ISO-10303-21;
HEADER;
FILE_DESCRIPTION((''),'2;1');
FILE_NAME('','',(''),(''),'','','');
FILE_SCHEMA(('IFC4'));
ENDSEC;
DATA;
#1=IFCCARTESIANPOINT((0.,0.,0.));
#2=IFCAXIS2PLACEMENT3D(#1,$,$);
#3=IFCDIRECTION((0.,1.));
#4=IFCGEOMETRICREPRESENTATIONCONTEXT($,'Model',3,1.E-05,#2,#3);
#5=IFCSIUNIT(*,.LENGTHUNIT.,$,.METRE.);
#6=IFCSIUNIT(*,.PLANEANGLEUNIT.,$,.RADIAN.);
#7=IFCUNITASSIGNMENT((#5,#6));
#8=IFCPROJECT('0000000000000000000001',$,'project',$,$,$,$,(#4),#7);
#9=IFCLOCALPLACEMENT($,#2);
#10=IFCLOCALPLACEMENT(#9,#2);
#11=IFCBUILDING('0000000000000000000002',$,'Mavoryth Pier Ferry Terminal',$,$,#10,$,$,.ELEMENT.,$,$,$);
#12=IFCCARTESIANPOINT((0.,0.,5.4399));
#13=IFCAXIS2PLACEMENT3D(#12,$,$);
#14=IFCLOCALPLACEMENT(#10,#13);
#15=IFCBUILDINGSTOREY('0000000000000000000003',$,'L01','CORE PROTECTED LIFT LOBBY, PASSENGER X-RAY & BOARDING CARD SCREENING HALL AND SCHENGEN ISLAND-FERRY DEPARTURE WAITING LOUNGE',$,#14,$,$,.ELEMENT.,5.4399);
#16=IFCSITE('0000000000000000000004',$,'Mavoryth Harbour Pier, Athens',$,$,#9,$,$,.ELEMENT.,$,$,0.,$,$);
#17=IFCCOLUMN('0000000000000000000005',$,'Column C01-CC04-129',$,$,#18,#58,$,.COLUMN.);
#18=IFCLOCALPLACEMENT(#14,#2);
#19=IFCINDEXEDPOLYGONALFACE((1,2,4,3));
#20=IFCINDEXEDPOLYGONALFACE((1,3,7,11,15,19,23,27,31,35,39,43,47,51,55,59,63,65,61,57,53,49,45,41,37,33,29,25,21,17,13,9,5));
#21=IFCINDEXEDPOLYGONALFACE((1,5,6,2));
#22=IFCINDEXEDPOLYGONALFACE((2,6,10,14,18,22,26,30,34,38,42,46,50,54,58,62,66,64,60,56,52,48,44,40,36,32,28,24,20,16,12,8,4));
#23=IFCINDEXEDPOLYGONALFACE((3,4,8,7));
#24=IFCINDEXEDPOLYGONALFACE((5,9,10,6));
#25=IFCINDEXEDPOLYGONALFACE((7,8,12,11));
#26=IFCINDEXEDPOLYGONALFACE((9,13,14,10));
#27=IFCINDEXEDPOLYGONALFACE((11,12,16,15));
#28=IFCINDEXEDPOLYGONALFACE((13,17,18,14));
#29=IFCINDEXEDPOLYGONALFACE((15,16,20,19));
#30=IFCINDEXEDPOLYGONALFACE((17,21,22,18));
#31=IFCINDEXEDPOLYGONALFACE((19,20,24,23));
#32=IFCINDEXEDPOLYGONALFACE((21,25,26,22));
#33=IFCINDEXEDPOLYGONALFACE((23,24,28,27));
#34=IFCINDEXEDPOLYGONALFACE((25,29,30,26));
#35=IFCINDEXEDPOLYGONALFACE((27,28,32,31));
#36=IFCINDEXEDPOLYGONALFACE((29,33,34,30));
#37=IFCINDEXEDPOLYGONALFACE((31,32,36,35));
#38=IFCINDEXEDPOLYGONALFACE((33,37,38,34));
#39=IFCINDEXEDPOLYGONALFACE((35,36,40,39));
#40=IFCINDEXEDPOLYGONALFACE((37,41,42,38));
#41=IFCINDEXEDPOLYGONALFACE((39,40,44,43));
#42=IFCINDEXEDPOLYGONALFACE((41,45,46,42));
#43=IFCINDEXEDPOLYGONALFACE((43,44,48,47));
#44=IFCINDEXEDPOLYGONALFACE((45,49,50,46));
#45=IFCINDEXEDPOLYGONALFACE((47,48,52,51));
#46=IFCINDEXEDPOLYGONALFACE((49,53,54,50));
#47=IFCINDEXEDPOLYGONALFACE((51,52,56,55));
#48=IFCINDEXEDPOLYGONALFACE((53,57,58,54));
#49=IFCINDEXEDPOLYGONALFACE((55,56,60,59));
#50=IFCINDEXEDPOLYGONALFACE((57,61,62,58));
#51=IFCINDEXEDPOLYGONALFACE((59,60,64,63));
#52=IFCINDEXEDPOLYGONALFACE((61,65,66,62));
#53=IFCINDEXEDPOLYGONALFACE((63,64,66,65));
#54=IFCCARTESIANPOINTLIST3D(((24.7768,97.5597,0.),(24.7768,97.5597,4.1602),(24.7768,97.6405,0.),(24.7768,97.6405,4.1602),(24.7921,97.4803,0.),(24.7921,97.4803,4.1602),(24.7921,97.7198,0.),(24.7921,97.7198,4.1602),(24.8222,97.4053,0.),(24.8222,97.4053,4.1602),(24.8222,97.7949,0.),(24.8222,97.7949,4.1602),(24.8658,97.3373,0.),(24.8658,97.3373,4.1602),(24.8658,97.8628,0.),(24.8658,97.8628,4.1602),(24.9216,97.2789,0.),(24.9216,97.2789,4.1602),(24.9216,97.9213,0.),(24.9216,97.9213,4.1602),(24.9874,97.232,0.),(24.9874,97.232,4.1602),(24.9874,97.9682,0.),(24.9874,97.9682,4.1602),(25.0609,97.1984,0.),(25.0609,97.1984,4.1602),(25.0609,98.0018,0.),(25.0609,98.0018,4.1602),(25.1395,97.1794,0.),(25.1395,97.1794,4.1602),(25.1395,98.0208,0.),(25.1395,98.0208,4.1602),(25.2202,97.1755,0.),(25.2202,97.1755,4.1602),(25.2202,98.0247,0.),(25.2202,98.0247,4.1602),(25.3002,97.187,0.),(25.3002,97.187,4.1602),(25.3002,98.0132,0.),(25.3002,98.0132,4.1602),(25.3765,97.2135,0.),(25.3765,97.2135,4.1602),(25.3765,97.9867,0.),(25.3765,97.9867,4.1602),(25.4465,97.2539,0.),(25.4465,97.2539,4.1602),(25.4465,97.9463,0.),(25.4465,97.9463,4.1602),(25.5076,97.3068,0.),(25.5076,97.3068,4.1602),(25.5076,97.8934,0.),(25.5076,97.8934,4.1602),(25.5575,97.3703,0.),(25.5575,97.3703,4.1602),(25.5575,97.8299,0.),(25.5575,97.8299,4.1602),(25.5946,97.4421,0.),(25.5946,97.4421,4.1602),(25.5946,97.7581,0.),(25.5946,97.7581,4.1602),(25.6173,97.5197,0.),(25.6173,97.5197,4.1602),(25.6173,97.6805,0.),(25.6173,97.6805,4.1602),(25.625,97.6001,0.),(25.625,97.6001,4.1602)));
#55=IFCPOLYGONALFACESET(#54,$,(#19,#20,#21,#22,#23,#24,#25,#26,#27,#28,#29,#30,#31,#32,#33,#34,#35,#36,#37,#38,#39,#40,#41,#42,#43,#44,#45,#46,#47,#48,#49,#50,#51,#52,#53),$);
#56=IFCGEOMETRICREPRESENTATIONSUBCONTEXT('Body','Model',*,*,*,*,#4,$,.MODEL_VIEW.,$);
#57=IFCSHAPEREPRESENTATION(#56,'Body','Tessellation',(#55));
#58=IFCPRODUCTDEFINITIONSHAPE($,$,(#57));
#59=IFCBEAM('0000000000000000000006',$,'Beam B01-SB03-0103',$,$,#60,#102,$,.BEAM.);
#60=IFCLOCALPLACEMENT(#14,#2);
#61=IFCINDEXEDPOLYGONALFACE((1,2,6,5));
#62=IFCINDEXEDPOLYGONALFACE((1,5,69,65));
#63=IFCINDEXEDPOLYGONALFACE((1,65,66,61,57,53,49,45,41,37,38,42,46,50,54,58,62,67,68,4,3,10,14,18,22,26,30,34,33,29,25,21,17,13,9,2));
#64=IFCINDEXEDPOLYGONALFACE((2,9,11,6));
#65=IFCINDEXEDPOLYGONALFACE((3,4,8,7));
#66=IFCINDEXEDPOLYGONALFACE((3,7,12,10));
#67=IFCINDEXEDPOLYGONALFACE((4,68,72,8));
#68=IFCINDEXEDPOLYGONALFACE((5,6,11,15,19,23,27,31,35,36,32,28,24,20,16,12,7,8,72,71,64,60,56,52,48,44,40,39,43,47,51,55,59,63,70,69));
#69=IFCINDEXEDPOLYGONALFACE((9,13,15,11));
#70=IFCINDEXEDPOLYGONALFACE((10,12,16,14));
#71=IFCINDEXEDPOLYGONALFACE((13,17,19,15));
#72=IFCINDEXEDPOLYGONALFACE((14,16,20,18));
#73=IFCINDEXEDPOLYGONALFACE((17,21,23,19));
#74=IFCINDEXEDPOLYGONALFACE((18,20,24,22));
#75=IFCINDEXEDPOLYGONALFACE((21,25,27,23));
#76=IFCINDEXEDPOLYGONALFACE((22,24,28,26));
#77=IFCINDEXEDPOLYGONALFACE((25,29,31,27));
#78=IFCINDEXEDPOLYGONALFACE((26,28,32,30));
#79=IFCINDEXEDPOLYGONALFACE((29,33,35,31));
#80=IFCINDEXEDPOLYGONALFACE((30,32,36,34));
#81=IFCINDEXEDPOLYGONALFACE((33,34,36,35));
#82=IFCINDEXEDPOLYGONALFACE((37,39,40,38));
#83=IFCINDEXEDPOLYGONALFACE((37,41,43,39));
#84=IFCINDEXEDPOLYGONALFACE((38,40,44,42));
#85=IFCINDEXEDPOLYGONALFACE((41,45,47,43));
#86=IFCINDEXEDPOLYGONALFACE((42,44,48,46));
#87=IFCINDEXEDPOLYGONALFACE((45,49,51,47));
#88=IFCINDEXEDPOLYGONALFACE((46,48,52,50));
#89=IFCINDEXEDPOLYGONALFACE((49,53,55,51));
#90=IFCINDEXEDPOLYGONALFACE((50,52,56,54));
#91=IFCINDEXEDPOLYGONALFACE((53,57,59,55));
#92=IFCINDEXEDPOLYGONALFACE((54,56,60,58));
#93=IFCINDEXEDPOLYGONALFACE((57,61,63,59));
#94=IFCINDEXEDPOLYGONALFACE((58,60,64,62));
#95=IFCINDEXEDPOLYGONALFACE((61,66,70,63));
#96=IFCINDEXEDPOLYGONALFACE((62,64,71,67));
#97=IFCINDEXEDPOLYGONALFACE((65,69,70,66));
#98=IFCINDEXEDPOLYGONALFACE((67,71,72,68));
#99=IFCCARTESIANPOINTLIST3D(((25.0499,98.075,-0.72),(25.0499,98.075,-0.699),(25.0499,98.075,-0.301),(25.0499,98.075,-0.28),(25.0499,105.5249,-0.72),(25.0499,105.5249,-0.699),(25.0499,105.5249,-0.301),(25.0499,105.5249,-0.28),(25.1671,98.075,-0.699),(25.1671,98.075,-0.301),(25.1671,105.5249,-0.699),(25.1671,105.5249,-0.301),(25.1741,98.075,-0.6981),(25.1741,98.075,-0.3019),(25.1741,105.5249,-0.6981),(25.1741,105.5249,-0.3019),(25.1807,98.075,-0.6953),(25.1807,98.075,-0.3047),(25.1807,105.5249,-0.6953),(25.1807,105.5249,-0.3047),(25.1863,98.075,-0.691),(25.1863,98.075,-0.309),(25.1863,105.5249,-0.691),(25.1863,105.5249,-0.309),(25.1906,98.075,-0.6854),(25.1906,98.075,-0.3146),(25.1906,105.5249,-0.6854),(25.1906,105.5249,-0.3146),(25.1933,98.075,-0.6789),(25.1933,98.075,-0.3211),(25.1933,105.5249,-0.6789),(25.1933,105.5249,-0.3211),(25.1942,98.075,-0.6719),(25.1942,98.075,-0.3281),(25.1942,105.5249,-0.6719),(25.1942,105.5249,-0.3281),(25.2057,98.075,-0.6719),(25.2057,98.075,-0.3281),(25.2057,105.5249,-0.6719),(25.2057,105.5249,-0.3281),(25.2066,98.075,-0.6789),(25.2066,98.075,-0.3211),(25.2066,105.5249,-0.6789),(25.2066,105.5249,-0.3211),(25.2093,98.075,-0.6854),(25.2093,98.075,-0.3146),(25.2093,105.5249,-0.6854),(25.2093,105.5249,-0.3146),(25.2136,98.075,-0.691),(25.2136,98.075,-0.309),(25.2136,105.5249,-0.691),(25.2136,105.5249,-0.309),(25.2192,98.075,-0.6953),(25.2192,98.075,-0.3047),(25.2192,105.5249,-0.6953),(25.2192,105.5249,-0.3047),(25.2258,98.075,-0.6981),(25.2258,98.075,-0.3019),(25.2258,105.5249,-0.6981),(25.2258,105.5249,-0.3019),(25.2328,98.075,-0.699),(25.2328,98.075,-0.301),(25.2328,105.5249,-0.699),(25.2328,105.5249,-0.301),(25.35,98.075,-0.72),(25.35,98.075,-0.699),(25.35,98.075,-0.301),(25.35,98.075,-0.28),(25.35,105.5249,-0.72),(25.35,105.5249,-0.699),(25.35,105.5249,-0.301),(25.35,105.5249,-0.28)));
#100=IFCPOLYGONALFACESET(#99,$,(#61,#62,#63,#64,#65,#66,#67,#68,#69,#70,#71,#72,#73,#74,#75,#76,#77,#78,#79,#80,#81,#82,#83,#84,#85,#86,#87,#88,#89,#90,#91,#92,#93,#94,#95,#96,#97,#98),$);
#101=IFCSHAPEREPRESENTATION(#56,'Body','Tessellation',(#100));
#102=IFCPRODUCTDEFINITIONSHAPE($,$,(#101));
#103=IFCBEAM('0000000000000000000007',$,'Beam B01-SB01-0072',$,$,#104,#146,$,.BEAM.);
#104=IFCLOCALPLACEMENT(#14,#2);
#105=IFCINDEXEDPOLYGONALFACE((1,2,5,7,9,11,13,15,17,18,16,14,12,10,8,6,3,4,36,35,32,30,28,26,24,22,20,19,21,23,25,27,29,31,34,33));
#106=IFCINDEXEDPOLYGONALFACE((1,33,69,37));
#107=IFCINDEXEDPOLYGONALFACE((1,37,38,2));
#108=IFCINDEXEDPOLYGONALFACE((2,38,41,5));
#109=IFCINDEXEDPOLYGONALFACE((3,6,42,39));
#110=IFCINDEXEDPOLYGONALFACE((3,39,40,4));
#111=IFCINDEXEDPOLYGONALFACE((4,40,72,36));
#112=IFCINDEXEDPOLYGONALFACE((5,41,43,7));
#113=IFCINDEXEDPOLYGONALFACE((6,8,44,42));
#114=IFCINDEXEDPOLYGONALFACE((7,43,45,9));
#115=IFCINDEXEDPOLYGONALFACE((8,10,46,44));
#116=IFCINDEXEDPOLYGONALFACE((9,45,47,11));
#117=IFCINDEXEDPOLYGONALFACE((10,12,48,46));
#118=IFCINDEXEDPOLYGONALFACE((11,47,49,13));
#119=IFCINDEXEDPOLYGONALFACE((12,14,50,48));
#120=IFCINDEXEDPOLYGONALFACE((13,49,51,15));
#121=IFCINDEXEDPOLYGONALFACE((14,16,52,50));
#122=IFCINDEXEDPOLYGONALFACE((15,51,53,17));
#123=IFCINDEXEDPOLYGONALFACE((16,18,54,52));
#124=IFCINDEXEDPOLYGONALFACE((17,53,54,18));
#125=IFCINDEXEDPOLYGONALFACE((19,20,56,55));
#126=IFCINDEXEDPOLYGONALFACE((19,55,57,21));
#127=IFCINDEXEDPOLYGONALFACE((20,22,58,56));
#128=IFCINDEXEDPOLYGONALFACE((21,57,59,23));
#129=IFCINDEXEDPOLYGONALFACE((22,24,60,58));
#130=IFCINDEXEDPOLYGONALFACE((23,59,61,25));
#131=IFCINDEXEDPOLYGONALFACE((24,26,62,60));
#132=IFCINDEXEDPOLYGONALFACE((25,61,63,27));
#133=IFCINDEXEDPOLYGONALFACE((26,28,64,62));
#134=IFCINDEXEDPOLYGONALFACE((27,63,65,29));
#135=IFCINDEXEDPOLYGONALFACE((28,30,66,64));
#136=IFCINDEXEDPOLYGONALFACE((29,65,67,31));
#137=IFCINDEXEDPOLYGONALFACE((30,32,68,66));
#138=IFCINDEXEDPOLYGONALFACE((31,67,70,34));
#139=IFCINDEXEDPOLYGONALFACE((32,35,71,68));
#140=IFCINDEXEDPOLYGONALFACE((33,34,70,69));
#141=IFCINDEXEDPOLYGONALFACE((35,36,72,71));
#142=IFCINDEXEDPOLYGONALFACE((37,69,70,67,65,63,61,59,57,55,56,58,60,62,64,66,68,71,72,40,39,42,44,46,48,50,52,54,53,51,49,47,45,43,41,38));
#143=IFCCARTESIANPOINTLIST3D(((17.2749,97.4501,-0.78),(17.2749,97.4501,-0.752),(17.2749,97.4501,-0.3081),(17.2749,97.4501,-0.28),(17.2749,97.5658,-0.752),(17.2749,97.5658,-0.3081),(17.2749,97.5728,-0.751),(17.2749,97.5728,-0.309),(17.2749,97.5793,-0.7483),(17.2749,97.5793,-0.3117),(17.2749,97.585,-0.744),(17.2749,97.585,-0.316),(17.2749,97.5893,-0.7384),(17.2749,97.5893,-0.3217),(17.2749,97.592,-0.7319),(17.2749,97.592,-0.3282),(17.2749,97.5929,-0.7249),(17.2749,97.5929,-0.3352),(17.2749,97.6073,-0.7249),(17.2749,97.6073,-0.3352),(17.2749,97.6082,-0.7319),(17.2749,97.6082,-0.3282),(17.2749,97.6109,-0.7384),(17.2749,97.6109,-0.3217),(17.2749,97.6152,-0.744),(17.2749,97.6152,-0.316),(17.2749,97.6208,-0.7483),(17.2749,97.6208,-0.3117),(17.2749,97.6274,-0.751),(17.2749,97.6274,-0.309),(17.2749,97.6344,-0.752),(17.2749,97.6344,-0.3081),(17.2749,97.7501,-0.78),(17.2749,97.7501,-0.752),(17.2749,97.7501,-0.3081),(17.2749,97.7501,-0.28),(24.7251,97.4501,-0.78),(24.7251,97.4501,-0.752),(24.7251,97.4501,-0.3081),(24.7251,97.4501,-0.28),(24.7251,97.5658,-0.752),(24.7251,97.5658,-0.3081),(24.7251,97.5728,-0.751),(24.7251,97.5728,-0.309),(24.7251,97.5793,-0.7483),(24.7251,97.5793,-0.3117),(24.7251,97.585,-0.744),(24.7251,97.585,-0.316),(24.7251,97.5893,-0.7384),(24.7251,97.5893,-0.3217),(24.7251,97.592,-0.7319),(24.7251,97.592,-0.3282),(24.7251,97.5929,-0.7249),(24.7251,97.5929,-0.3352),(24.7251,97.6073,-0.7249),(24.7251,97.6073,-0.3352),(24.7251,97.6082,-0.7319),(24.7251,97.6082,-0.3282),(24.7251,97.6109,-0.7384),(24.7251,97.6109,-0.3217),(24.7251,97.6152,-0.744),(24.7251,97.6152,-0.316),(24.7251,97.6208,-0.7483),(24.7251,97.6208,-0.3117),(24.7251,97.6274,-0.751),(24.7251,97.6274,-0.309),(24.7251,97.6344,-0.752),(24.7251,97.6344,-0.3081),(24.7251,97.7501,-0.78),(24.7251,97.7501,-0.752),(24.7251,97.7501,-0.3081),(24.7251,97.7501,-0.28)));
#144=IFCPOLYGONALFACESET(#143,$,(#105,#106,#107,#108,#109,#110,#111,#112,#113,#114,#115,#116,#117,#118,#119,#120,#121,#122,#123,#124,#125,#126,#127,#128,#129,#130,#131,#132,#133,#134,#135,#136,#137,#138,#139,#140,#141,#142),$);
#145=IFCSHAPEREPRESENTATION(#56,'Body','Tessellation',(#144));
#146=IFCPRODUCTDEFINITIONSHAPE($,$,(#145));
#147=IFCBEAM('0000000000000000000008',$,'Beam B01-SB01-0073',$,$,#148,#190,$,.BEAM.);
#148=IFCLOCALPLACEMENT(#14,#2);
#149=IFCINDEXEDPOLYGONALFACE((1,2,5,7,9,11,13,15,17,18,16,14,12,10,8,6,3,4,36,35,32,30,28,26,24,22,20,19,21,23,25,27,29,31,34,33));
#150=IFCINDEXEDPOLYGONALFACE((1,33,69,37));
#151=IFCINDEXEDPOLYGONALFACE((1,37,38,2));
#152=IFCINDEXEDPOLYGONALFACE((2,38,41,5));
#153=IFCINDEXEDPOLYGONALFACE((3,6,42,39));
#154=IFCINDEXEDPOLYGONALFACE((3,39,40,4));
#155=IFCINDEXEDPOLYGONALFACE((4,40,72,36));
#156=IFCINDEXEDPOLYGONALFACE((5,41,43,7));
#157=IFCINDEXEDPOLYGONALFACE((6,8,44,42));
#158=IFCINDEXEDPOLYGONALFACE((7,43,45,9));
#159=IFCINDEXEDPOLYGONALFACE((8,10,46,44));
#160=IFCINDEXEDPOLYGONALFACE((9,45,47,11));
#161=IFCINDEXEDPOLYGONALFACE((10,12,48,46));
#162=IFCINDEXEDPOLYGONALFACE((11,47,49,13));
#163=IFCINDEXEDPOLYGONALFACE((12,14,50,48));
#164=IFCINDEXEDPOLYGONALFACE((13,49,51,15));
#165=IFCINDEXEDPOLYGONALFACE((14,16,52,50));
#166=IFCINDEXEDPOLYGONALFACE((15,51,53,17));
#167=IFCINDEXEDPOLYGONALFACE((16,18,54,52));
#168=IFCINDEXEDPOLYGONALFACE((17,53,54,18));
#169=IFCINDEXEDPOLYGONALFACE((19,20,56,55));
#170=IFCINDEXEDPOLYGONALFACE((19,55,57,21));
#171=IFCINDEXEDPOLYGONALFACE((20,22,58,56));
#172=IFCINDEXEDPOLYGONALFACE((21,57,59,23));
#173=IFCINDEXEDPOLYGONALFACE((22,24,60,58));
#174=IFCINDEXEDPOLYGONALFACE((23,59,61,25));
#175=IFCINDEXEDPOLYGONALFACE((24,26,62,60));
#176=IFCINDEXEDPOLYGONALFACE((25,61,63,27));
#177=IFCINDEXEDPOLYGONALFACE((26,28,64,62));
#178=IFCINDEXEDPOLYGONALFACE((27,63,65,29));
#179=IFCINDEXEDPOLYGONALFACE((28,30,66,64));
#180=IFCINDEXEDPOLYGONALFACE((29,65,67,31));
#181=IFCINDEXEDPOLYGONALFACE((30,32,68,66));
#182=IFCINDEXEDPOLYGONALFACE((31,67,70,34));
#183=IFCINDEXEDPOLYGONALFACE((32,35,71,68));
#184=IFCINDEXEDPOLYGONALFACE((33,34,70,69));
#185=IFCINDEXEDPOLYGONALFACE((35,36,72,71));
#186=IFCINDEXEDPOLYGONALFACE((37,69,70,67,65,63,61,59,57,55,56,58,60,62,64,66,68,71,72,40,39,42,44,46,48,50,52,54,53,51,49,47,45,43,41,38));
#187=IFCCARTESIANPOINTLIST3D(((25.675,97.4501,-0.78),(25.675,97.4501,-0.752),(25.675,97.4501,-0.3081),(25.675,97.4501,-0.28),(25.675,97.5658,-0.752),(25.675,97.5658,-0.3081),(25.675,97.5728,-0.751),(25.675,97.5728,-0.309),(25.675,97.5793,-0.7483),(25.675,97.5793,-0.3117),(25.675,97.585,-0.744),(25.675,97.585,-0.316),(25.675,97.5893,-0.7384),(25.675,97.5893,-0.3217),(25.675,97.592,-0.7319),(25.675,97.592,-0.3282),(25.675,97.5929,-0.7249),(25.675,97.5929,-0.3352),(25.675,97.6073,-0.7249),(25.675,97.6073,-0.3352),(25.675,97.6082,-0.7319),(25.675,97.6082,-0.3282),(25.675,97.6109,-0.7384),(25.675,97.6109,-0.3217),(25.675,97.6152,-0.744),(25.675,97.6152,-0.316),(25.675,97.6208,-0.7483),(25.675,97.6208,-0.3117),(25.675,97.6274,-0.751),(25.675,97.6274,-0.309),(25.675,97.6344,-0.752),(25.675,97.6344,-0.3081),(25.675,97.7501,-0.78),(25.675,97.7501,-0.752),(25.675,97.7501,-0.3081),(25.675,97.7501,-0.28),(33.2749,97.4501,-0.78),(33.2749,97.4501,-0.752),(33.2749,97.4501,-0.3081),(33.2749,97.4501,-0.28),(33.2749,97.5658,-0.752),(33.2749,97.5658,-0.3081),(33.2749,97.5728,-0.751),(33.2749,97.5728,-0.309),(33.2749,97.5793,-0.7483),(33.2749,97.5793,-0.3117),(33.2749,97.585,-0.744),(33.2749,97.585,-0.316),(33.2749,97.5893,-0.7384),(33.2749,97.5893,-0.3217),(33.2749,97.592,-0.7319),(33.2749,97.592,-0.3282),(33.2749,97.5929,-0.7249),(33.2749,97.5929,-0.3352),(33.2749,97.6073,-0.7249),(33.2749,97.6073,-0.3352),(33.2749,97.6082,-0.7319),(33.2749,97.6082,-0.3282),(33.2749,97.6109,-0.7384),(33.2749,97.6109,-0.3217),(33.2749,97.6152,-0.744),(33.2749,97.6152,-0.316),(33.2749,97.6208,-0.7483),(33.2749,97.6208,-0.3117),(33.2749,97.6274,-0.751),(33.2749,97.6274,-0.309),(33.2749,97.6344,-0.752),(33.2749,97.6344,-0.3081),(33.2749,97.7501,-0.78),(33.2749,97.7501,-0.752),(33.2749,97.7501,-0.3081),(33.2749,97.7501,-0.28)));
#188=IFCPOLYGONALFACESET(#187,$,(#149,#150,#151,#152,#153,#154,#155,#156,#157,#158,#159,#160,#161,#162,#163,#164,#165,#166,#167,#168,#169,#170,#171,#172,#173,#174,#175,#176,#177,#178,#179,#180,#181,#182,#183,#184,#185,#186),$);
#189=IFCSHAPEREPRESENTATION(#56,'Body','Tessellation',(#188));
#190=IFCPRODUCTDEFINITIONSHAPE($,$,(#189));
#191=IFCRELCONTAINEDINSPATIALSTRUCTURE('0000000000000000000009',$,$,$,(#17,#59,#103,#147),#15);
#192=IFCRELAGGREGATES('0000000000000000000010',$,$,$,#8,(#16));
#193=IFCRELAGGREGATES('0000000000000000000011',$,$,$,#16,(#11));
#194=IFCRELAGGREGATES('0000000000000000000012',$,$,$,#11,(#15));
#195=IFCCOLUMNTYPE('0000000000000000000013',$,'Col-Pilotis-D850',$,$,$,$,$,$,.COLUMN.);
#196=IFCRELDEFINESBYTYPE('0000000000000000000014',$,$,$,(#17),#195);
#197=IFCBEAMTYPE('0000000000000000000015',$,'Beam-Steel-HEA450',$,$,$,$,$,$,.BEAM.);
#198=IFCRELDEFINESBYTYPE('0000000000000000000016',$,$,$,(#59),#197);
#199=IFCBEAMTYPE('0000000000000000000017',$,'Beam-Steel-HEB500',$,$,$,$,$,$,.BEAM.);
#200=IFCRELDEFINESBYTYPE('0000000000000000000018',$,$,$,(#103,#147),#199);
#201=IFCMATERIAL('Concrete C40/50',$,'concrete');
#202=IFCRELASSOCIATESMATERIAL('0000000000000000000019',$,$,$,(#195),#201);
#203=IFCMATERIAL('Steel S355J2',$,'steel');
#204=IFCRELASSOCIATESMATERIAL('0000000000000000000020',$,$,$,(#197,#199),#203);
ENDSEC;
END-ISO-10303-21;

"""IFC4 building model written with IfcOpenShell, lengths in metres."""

from ifc_helpers import new_model, si_unit, direction, frame, origin, origin_2d, place, context, subcontext, project, spatial, circle, i_section, extrude, material, material_profile, profile_set, type_object, element, save


model = new_model("IFC4")

# Units and contexts
model_context = context("Model", 3, precision=1e-05, world=origin(), true_north=direction((0.0, 1.0)))
body_context = subcontext(model_context, "Body", "Model", "MODEL_VIEW")
ifc_project = project(units=[si_unit("LENGTHUNIT", "METRE"), si_unit("PLANEANGLEUNIT", "RADIAN")], contexts=[model_context])

# Site, building, storey
site_placement = place(None, origin())
site = spatial("IfcSite", under=ifc_project, at=site_placement, Name="Mavoryth Harbour Pier, Athens", CompositionType="ELEMENT", RefElevation=0.0)
building_placement = place(site_placement, origin())
building = spatial("IfcBuilding", under=site, at=building_placement, Name="Mavoryth Pier Ferry Terminal", CompositionType="ELEMENT")
storey_placement = place(building_placement, frame((0.0, 0.0, 5.4399)))
storey = spatial("IfcBuildingStorey", under=building, at=storey_placement, Name="L01", Description="CORE PROTECTED LIFT LOBBY, PASSENGER X-RAY & BOARDING CARD SCREENING HALL AND SCHENGEN ISLAND-FERRY DEPARTURE WAITING LOUNGE", CompositionType="ELEMENT", Elevation=5.4399)

# Column
ifc_material_1 = material(Name="Concrete C40/50", Category="concrete")
ifc_material_profile_1 = material_profile(ifc_material_1, circle(Radius=0.425, at=origin_2d()), Name="RC D850", Category="concrete")
ifc_profile_set_1 = profile_set([ifc_material_profile_1], Name="Concrete C40/50 - RC D850")
column_type = type_object("IfcColumnType", Name="Col-Pilotis-D850", PredefinedType="COLUMN", material=ifc_profile_set_1)
column_placement = place(storey_placement, frame((25.2, 97.6001, 0.0), z_axis=(0.0, 0.0, 1.0), x_axis=(1.0, 0.0, 0.0)))
element("IfcColumn", 1, at=column_placement, inside=storey, type_object=column_type, Name="Column C01-CC04-129", PredefinedType="COLUMN", context=body_context, shape_type="SweptSolid", body=[
    extrude(circle(Radius=0.425, at=origin_2d()), origin(), (0.0, 0.0, 1.0), 4.1602),
])

# Beams
ifc_material_2 = material(Name="Steel S355J2", Category="steel")
ifc_material_profile_2 = material_profile(ifc_material_2, i_section(OverallWidth=0.3, OverallDepth=0.4399, WebThickness=0.0115, FlangeThickness=0.021, FilletRadius=0.0271, at=origin_2d()), Name="HEA 450", Category="steel")
ifc_profile_set_2 = profile_set([ifc_material_profile_2], Name="Steel S355J2 - HEA 450")
beam_type_1 = type_object("IfcBeamType", Name="Beam-Steel-HEA450", PredefinedType="BEAM", material=ifc_profile_set_2)
beam_1_placement = place(storey_placement, frame((25.2, 98.075, -0.5), z_axis=(0.0, 1.0, 0.0), x_axis=(-1.0, 0.0, 0.0)))
element("IfcBeam", 2, at=beam_1_placement, inside=storey, type_object=beam_type_1, Name="Beam B01-SB03-0103", PredefinedType="BEAM", context=body_context, shape_type="SweptSolid", body=[
    extrude(i_section(OverallWidth=0.3, OverallDepth=0.4399, WebThickness=0.0115, FlangeThickness=0.021, FilletRadius=0.0271, at=origin_2d()), origin(), (0.0, 0.0, 1.0), 7.45),
])
ifc_material_profile_3 = material_profile(ifc_material_2, i_section(OverallWidth=0.3, OverallDepth=0.5, WebThickness=0.0144, FlangeThickness=0.0281, FilletRadius=0.0271, at=origin_2d()), Name="HEB 500", Category="steel")
ifc_profile_set_3 = profile_set([ifc_material_profile_3], Name="Steel S355J2 - HEB 500")
beam_type_2 = type_object("IfcBeamType", Name="Beam-Steel-HEB500", PredefinedType="BEAM", material=ifc_profile_set_3)
beam_2_placement = place(storey_placement, frame((17.2749, 97.6001, -0.53), z_axis=(1.0, 0.0, 0.0), x_axis=(0.0, 1.0, 0.0)))
element("IfcBeam", 3, at=beam_2_placement, inside=storey, type_object=beam_type_2, Name="Beam B01-SB01-0072", PredefinedType="BEAM", context=body_context, shape_type="SweptSolid", body=[
    extrude(i_section(OverallWidth=0.3, OverallDepth=0.5, WebThickness=0.0144, FlangeThickness=0.0281, FilletRadius=0.0271, at=origin_2d()), origin(), (0.0, 0.0, 1.0), 7.4502),
])
beam_3_placement = place(storey_placement, frame((25.675, 97.6001, -0.53), z_axis=(1.0, 0.0, 0.0), x_axis=(0.0, 1.0, 0.0)))
element("IfcBeam", 4, at=beam_3_placement, inside=storey, type_object=beam_type_2, Name="Beam B01-SB01-0073", PredefinedType="BEAM", context=body_context, shape_type="SweptSolid", body=[
    extrude(i_section(OverallWidth=0.3, OverallDepth=0.5, WebThickness=0.0144, FlangeThickness=0.0281, FilletRadius=0.0271, at=origin_2d()), origin(), (0.0, 0.0, 1.0), 7.5999),
])

save(model, "model.ifc")
